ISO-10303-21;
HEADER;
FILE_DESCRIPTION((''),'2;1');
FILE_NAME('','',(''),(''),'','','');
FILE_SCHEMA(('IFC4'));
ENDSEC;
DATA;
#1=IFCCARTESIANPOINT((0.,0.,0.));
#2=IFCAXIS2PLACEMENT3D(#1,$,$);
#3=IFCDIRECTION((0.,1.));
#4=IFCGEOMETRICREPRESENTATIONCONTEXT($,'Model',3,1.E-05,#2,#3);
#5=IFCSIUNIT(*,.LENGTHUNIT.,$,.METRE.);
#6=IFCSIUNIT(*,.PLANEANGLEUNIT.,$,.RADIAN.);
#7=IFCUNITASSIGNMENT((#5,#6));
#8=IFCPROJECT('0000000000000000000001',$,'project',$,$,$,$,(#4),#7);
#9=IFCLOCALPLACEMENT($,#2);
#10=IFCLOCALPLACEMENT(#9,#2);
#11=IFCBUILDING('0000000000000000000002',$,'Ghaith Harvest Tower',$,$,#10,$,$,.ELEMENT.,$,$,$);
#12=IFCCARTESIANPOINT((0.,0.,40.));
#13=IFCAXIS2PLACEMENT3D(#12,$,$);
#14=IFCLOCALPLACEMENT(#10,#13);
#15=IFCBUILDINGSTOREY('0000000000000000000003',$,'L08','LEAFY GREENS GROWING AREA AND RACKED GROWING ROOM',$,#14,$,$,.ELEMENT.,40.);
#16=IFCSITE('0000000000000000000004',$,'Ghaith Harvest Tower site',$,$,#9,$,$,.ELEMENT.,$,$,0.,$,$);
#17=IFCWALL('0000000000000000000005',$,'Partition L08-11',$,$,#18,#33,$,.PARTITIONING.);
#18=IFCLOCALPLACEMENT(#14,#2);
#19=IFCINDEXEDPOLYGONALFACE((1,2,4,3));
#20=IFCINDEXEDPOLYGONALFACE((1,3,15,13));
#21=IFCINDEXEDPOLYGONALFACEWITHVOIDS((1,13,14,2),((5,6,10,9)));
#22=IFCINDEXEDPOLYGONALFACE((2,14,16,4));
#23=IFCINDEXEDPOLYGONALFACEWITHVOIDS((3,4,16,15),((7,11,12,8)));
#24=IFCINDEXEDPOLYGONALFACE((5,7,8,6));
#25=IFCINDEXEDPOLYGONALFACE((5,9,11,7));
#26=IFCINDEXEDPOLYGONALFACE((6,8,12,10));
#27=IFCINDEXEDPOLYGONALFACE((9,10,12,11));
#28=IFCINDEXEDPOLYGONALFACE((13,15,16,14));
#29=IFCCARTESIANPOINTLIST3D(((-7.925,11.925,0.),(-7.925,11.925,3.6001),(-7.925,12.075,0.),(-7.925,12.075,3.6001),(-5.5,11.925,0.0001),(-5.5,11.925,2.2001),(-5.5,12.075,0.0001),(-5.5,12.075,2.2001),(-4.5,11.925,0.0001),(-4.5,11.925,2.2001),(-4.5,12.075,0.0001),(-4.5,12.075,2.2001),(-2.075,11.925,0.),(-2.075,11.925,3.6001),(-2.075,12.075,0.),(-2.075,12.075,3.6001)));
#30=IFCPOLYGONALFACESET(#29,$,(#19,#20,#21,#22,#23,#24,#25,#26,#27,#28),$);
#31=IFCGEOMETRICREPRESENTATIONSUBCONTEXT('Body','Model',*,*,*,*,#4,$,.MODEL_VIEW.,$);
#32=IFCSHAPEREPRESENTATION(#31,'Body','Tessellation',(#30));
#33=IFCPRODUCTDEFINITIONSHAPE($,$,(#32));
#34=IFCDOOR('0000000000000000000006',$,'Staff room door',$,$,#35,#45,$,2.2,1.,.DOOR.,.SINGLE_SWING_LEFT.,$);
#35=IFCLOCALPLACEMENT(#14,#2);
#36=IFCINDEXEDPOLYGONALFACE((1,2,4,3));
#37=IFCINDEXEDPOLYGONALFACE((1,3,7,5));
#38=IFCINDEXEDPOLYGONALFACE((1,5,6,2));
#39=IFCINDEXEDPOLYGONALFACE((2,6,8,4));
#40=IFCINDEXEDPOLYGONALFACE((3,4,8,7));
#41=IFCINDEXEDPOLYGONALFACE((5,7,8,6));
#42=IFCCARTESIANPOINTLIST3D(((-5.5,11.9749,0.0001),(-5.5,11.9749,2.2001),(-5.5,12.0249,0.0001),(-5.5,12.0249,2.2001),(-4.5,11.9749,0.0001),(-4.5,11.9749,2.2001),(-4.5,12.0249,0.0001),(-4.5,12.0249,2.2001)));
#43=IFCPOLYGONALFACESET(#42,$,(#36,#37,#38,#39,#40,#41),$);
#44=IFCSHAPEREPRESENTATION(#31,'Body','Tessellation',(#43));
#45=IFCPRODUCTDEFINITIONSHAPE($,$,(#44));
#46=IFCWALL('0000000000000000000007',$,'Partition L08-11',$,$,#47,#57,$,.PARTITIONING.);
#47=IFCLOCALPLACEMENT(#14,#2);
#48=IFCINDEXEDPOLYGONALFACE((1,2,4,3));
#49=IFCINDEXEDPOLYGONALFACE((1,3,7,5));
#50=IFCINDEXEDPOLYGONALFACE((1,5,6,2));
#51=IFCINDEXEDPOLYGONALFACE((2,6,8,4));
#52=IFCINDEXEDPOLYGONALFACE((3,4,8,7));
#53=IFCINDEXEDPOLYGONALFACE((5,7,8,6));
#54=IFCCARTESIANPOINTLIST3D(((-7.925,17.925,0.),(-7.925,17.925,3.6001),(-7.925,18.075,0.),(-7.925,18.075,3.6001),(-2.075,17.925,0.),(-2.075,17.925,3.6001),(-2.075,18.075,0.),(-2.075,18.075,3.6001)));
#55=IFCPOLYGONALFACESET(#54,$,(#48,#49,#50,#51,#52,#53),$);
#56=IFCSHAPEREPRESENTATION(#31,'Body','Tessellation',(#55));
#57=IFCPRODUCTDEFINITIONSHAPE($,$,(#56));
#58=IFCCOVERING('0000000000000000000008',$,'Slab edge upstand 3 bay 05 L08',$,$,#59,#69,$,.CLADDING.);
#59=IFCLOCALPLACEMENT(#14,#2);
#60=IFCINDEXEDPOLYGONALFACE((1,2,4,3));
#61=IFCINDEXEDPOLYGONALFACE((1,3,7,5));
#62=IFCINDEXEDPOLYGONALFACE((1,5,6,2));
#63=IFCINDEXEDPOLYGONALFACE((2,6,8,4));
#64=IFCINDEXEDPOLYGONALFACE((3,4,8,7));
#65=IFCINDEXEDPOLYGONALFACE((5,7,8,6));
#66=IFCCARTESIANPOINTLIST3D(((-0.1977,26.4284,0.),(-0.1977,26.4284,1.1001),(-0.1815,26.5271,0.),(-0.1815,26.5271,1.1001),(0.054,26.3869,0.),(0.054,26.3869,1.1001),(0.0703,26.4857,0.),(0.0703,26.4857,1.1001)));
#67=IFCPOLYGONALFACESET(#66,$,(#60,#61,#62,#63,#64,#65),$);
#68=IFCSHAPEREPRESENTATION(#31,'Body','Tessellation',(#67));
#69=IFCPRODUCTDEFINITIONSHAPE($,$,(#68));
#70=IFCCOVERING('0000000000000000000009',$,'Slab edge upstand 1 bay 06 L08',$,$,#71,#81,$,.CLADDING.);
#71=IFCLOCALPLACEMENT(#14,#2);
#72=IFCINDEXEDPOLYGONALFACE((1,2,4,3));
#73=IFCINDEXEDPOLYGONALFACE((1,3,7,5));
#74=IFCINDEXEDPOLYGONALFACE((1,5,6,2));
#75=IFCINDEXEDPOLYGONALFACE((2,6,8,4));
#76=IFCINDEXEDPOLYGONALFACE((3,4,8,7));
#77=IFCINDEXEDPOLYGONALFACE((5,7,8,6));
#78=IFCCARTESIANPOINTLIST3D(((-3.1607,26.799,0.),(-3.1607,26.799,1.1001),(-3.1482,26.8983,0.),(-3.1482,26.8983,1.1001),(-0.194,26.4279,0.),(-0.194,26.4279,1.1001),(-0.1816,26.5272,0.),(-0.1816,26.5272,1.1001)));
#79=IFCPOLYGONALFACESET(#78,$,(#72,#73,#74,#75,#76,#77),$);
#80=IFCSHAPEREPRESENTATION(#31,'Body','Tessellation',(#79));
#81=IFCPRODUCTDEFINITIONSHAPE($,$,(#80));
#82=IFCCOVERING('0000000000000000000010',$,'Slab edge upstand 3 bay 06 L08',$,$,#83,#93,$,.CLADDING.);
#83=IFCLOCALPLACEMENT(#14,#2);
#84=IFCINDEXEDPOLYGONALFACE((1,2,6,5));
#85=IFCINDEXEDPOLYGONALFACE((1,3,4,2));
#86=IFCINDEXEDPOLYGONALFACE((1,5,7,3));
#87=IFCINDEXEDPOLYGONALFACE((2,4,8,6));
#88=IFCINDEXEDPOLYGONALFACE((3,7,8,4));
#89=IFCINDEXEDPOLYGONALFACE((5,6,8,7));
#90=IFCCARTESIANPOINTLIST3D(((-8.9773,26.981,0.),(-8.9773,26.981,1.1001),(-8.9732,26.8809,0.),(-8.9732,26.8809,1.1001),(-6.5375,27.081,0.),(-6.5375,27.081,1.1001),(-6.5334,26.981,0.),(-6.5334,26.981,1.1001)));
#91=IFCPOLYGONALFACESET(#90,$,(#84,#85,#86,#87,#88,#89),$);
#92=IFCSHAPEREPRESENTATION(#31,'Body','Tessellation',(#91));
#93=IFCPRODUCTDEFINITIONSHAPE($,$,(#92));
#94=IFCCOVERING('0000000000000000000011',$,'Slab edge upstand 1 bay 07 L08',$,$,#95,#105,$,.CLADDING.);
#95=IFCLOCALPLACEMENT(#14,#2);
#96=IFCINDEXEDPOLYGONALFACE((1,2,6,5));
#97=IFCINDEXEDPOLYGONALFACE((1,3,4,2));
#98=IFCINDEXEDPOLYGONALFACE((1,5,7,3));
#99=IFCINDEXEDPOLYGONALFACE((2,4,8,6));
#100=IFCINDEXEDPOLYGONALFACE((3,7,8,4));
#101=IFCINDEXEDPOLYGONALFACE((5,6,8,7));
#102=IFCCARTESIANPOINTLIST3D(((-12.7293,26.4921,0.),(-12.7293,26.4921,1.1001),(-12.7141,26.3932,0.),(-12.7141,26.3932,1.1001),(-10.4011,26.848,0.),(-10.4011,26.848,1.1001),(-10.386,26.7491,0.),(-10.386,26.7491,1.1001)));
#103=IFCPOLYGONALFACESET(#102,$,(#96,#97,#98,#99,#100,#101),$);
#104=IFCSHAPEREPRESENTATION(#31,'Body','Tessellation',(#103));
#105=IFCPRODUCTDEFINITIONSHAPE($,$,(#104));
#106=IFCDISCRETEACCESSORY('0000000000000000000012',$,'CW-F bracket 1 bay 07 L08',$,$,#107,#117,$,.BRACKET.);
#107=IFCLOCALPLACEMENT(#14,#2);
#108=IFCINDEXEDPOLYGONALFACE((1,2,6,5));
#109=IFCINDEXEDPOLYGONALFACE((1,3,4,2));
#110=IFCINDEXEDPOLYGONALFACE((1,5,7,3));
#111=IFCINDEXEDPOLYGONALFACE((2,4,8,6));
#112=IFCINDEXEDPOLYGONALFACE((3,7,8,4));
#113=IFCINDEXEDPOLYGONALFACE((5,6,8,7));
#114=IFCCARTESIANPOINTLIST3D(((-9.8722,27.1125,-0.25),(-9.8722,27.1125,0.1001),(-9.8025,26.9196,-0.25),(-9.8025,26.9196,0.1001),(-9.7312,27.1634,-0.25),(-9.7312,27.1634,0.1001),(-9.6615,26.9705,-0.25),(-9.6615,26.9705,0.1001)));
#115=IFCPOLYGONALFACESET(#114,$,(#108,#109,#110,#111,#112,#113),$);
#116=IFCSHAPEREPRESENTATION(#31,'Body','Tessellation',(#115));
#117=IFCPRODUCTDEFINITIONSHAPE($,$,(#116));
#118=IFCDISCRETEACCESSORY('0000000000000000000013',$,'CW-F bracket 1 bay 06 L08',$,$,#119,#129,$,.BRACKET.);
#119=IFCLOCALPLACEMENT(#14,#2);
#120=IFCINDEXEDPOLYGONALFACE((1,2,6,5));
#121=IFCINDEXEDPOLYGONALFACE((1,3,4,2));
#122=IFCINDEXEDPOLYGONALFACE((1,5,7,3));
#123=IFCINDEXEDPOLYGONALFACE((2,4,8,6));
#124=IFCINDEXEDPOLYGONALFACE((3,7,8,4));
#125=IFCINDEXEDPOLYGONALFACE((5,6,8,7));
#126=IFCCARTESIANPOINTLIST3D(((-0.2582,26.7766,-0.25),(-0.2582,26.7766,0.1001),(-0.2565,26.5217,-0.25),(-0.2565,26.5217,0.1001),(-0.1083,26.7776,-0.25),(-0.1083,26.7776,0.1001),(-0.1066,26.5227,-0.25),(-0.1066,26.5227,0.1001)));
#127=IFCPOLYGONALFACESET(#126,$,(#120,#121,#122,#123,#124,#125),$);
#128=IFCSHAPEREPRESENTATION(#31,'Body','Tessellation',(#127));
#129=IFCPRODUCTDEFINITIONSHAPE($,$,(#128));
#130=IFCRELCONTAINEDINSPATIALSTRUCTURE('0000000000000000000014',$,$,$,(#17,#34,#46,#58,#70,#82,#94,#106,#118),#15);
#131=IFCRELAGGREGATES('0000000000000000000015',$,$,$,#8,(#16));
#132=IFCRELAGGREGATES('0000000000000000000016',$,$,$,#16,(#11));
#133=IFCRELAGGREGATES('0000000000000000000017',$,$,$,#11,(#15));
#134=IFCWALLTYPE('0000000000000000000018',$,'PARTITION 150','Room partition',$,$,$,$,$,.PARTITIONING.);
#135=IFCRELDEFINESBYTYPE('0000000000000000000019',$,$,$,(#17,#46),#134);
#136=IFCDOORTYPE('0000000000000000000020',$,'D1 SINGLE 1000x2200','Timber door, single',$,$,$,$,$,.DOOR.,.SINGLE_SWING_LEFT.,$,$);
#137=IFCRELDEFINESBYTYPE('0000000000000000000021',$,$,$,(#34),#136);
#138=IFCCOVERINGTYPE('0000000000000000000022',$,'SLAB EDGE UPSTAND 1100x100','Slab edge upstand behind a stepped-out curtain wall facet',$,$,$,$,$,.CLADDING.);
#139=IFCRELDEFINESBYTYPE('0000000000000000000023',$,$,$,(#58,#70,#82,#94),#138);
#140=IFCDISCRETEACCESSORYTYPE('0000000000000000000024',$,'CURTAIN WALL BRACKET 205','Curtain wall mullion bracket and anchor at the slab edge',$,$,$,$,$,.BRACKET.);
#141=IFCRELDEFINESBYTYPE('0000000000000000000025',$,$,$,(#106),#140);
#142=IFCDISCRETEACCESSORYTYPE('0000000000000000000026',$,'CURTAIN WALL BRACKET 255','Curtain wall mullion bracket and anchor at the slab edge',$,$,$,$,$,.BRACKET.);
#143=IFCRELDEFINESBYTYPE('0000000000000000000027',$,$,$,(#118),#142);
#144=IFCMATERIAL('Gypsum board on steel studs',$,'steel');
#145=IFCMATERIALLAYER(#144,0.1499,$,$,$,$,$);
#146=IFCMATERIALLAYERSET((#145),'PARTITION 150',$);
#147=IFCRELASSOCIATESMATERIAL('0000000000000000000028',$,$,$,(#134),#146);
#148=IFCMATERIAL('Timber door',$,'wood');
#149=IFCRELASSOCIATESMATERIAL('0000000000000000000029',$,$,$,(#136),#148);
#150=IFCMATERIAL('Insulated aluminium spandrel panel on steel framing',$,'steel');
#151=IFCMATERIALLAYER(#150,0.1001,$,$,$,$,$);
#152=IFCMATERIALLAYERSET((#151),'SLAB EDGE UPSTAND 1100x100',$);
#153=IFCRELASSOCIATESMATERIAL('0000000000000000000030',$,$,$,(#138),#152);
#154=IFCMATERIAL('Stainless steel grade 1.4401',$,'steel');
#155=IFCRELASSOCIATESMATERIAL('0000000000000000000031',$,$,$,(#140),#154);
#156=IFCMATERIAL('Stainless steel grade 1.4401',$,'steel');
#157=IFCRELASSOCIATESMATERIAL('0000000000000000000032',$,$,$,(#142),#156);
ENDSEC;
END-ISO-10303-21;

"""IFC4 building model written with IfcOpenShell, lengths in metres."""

from ifc_helpers import new_model, si_unit, direction, frame, frame_2d, origin, origin_2d, place, context, subcontext, project, spatial, rectangle, extrude, material, layer, layer_set, type_object, element, fill, save


model = new_model("IFC4")

# Units and contexts
model_context = context("Model", 3, precision=1e-05, world=origin(), true_north=direction((0.0, 1.0)))
body_context = subcontext(model_context, "Body", "Model", "MODEL_VIEW")
ifc_project = project(units=[si_unit("LENGTHUNIT", "METRE"), si_unit("PLANEANGLEUNIT", "RADIAN")], contexts=[model_context])

# Site, building, storey
site_placement = place(None, origin())
site = spatial("IfcSite", under=ifc_project, at=site_placement, Name="Ghaith Harvest Tower site", CompositionType="ELEMENT", RefElevation=0.0)
building_placement = place(site_placement, origin())
building = spatial("IfcBuilding", under=site, at=building_placement, Name="Ghaith Harvest Tower", CompositionType="ELEMENT")
storey_placement = place(building_placement, frame((0.0, 0.0, 40.0)))
storey = spatial("IfcBuildingStorey", under=building, at=storey_placement, Name="L08", Description="LEAFY GREENS GROWING AREA AND RACKED GROWING ROOM", CompositionType="ELEMENT", Elevation=40.0)

# Shared definitions
ifc_material_1 = material(Name="Gypsum board on steel studs", Category="steel")
ifc_layer_1 = layer(ifc_material_1, 0.1499)
ifc_layer_set_1 = layer_set([ifc_layer_1], Name="PARTITION 150")
wall_type_1 = type_object("IfcWallType", Name="PARTITION 150", Description="Room partition", PredefinedType="PARTITIONING", material=ifc_layer_set_1)

# Wall, opening, door
wall_1_placement = place(storey_placement, frame((-7.925, 12.0, 0.0), z_axis=(0.0, 0.0, 1.0), x_axis=(1.0, 0.0, 0.0)))
wall_1 = element("IfcWall", 1, at=wall_1_placement, inside=storey, type_object=wall_type_1, Name="Partition L08-11", PredefinedType="PARTITIONING", context=body_context, shape_type="SweptSolid", body=[
    extrude(rectangle(XDim=5.8501, YDim=0.1499, at=frame_2d((2.925, 0.0))), origin(), (0.0, 0.0, 1.0), 3.6001),
])
opening_1_placement = place(wall_1_placement, frame((2.425, 0.0, 0.0)))
opening_1 = element("IfcOpeningElement", 2, at=opening_1_placement, cuts=wall_1, PredefinedType="OPENING", context=body_context, shape_type="SweptSolid", body=[
    extrude(rectangle(XDim=1.0, YDim=2.2, at=frame_2d((0.5, 1.1001))), frame((0.0, 0.085, 0.0), z_axis=(0.0, -1.0, 0.0), x_axis=(1.0, 0.0, 0.0)), (0.0, 0.0, 1.0), 0.1699),
])
ifc_material_2 = material(Name="Timber door", Category="wood")
door_type_1 = type_object("IfcDoorType", Name="D1 SINGLE 1000x2200", Description="Timber door, single", OperationType="SINGLE_SWING_LEFT", PredefinedType="DOOR", material=ifc_material_2)
door_1_placement = place(opening_1_placement, origin())
door_1 = element("IfcDoor", 3, at=door_1_placement, inside=storey, type_object=door_type_1, Name="Staff room door", OperationType="SINGLE_SWING_LEFT", OverallHeight=2.2, OverallWidth=1.0, PredefinedType="DOOR", context=body_context, shape_type="SweptSolid", body=[
    extrude(rectangle(XDim=1.0, YDim=2.2, at=frame_2d((0.5, 1.1001))), frame((0.0, 0.0249, 0.0), z_axis=(0.0, -1.0, 0.0), x_axis=(1.0, 0.0, 0.0)), (0.0, 0.0, 1.0), 0.05),
])
fill(opening_1, door_1)

# Wall
wall_2_placement = place(storey_placement, frame((-7.925, 18.0, 0.0), z_axis=(0.0, 0.0, 1.0), x_axis=(1.0, 0.0, 0.0)))
element("IfcWall", 4, at=wall_2_placement, inside=storey, type_object=wall_type_1, Name="Partition L08-11", PredefinedType="PARTITIONING", context=body_context, shape_type="SweptSolid", body=[
    extrude(rectangle(XDim=5.8501, YDim=0.1499, at=frame_2d((2.925, 0.0))), origin(), (0.0, 0.0, 1.0), 3.6001),
])

# Coverings
ifc_material_3 = material(Name="Insulated aluminium spandrel panel on steel framing", Category="steel")
ifc_layer_2 = layer(ifc_material_3, 0.1001)
ifc_layer_set_2 = layer_set([ifc_layer_2], Name="SLAB EDGE UPSTAND 1100x100")
covering_type = type_object("IfcCoveringType", Name="SLAB EDGE UPSTAND 1100x100", Description="Slab edge upstand behind a stepped-out curtain wall facet", PredefinedType="CLADDING", material=ifc_layer_set_2)
covering_1_placement = place(storey_placement, frame((-0.0637, 26.457, 0.0), z_axis=(0.0, 0.0, 1.0), x_axis=(-0.986716, 0.162453, 0.0)))
element("IfcCovering", 5, at=covering_1_placement, inside=storey, type_object=covering_type, Name="Slab edge upstand 3 bay 05 L08", PredefinedType="CLADDING", context=body_context, shape_type="SweptSolid", body=[
    extrude(rectangle(XDim=0.2551, YDim=0.1001, at=origin_2d()), origin(), (0.0, 0.0, 1.0), 1.1001),
])
covering_2_placement = place(storey_placement, frame((-1.6711, 26.6631, 0.0), z_axis=(0.0, 0.0, 1.0), x_axis=(-0.992265, 0.124139, 0.0)))
element("IfcCovering", 6, at=covering_2_placement, inside=storey, type_object=covering_type, Name="Slab edge upstand 1 bay 06 L08", PredefinedType="CLADDING", context=body_context, shape_type="SweptSolid", body=[
    extrude(rectangle(XDim=2.9897, YDim=0.1001, at=origin_2d()), origin(), (0.0, 0.0, 1.0), 1.1001),
])
covering_3_placement = place(storey_placement, frame((-7.7554, 26.981, 0.0), z_axis=(0.0, 0.0, 1.0), x_axis=(-0.999161, -0.040957, 0.0)))
element("IfcCovering", 7, at=covering_3_placement, inside=storey, type_object=covering_type, Name="Slab edge upstand 3 bay 06 L08", PredefinedType="CLADDING", context=body_context, shape_type="SweptSolid", body=[
    extrude(rectangle(XDim=2.4419, YDim=0.1001, at=origin_2d()), origin(), (0.0, 0.0, 1.0), 1.1001),
])
covering_4_placement = place(storey_placement, frame((-11.5576, 26.6206, 0.0), z_axis=(0.0, 0.0, 1.0), x_axis=(-0.988518, -0.151104, 0.0)))
element("IfcCovering", 8, at=covering_4_placement, inside=storey, type_object=covering_type, Name="Slab edge upstand 1 bay 07 L08", PredefinedType="CLADDING", context=body_context, shape_type="SweptSolid", body=[
    extrude(rectangle(XDim=2.3552, YDim=0.1001, at=origin_2d()), origin(), (0.0, 0.0, 1.0), 1.1001),
])

# Discrete accessories
ifc_material_4 = material(Name="Stainless steel grade 1.4401", Category="steel")
discrete_accessory_type_1 = type_object("IfcDiscreteAccessoryType", Name="CURTAIN WALL BRACKET 205", Description="Curtain wall mullion bracket and anchor at the slab edge", PredefinedType="BRACKET", material=ifc_material_4)
discrete_accessory_1_placement = place(storey_placement, frame((-9.7668, 27.0415, -0.25), z_axis=(0.0, 0.0, 1.0), x_axis=(-0.339699, 0.940534, 0.0)))
element("IfcDiscreteAccessory", 9, at=discrete_accessory_1_placement, inside=storey, type_object=discrete_accessory_type_1, Name="CW-F bracket 1 bay 07 L08", PredefinedType="BRACKET", context=body_context, shape_type="SweptSolid", body=[
    extrude(rectangle(XDim=0.2051, YDim=0.1499, at=origin_2d()), origin(), (0.0, 0.0, 1.0), 0.3501),
])
ifc_material_5 = material(Name="Stainless steel grade 1.4401", Category="steel")
discrete_accessory_type_2 = type_object("IfcDiscreteAccessoryType", Name="CURTAIN WALL BRACKET 255", Description="Curtain wall mullion bracket and anchor at the slab edge", PredefinedType="BRACKET", material=ifc_material_5)
discrete_accessory_2_placement = place(storey_placement, frame((-0.1824, 26.6497, -0.25), z_axis=(0.0, 0.0, 1.0), x_axis=(-0.006844, 0.999977, 0.0)))
element("IfcDiscreteAccessory", 10, at=discrete_accessory_2_placement, inside=storey, type_object=discrete_accessory_type_2, Name="CW-F bracket 1 bay 06 L08", PredefinedType="BRACKET", context=body_context, shape_type="SweptSolid", body=[
    extrude(rectangle(XDim=0.2549, YDim=0.1499, at=origin_2d()), origin(), (0.0, 0.0, 1.0), 0.3501),
])

save(model, "model.ifc")
